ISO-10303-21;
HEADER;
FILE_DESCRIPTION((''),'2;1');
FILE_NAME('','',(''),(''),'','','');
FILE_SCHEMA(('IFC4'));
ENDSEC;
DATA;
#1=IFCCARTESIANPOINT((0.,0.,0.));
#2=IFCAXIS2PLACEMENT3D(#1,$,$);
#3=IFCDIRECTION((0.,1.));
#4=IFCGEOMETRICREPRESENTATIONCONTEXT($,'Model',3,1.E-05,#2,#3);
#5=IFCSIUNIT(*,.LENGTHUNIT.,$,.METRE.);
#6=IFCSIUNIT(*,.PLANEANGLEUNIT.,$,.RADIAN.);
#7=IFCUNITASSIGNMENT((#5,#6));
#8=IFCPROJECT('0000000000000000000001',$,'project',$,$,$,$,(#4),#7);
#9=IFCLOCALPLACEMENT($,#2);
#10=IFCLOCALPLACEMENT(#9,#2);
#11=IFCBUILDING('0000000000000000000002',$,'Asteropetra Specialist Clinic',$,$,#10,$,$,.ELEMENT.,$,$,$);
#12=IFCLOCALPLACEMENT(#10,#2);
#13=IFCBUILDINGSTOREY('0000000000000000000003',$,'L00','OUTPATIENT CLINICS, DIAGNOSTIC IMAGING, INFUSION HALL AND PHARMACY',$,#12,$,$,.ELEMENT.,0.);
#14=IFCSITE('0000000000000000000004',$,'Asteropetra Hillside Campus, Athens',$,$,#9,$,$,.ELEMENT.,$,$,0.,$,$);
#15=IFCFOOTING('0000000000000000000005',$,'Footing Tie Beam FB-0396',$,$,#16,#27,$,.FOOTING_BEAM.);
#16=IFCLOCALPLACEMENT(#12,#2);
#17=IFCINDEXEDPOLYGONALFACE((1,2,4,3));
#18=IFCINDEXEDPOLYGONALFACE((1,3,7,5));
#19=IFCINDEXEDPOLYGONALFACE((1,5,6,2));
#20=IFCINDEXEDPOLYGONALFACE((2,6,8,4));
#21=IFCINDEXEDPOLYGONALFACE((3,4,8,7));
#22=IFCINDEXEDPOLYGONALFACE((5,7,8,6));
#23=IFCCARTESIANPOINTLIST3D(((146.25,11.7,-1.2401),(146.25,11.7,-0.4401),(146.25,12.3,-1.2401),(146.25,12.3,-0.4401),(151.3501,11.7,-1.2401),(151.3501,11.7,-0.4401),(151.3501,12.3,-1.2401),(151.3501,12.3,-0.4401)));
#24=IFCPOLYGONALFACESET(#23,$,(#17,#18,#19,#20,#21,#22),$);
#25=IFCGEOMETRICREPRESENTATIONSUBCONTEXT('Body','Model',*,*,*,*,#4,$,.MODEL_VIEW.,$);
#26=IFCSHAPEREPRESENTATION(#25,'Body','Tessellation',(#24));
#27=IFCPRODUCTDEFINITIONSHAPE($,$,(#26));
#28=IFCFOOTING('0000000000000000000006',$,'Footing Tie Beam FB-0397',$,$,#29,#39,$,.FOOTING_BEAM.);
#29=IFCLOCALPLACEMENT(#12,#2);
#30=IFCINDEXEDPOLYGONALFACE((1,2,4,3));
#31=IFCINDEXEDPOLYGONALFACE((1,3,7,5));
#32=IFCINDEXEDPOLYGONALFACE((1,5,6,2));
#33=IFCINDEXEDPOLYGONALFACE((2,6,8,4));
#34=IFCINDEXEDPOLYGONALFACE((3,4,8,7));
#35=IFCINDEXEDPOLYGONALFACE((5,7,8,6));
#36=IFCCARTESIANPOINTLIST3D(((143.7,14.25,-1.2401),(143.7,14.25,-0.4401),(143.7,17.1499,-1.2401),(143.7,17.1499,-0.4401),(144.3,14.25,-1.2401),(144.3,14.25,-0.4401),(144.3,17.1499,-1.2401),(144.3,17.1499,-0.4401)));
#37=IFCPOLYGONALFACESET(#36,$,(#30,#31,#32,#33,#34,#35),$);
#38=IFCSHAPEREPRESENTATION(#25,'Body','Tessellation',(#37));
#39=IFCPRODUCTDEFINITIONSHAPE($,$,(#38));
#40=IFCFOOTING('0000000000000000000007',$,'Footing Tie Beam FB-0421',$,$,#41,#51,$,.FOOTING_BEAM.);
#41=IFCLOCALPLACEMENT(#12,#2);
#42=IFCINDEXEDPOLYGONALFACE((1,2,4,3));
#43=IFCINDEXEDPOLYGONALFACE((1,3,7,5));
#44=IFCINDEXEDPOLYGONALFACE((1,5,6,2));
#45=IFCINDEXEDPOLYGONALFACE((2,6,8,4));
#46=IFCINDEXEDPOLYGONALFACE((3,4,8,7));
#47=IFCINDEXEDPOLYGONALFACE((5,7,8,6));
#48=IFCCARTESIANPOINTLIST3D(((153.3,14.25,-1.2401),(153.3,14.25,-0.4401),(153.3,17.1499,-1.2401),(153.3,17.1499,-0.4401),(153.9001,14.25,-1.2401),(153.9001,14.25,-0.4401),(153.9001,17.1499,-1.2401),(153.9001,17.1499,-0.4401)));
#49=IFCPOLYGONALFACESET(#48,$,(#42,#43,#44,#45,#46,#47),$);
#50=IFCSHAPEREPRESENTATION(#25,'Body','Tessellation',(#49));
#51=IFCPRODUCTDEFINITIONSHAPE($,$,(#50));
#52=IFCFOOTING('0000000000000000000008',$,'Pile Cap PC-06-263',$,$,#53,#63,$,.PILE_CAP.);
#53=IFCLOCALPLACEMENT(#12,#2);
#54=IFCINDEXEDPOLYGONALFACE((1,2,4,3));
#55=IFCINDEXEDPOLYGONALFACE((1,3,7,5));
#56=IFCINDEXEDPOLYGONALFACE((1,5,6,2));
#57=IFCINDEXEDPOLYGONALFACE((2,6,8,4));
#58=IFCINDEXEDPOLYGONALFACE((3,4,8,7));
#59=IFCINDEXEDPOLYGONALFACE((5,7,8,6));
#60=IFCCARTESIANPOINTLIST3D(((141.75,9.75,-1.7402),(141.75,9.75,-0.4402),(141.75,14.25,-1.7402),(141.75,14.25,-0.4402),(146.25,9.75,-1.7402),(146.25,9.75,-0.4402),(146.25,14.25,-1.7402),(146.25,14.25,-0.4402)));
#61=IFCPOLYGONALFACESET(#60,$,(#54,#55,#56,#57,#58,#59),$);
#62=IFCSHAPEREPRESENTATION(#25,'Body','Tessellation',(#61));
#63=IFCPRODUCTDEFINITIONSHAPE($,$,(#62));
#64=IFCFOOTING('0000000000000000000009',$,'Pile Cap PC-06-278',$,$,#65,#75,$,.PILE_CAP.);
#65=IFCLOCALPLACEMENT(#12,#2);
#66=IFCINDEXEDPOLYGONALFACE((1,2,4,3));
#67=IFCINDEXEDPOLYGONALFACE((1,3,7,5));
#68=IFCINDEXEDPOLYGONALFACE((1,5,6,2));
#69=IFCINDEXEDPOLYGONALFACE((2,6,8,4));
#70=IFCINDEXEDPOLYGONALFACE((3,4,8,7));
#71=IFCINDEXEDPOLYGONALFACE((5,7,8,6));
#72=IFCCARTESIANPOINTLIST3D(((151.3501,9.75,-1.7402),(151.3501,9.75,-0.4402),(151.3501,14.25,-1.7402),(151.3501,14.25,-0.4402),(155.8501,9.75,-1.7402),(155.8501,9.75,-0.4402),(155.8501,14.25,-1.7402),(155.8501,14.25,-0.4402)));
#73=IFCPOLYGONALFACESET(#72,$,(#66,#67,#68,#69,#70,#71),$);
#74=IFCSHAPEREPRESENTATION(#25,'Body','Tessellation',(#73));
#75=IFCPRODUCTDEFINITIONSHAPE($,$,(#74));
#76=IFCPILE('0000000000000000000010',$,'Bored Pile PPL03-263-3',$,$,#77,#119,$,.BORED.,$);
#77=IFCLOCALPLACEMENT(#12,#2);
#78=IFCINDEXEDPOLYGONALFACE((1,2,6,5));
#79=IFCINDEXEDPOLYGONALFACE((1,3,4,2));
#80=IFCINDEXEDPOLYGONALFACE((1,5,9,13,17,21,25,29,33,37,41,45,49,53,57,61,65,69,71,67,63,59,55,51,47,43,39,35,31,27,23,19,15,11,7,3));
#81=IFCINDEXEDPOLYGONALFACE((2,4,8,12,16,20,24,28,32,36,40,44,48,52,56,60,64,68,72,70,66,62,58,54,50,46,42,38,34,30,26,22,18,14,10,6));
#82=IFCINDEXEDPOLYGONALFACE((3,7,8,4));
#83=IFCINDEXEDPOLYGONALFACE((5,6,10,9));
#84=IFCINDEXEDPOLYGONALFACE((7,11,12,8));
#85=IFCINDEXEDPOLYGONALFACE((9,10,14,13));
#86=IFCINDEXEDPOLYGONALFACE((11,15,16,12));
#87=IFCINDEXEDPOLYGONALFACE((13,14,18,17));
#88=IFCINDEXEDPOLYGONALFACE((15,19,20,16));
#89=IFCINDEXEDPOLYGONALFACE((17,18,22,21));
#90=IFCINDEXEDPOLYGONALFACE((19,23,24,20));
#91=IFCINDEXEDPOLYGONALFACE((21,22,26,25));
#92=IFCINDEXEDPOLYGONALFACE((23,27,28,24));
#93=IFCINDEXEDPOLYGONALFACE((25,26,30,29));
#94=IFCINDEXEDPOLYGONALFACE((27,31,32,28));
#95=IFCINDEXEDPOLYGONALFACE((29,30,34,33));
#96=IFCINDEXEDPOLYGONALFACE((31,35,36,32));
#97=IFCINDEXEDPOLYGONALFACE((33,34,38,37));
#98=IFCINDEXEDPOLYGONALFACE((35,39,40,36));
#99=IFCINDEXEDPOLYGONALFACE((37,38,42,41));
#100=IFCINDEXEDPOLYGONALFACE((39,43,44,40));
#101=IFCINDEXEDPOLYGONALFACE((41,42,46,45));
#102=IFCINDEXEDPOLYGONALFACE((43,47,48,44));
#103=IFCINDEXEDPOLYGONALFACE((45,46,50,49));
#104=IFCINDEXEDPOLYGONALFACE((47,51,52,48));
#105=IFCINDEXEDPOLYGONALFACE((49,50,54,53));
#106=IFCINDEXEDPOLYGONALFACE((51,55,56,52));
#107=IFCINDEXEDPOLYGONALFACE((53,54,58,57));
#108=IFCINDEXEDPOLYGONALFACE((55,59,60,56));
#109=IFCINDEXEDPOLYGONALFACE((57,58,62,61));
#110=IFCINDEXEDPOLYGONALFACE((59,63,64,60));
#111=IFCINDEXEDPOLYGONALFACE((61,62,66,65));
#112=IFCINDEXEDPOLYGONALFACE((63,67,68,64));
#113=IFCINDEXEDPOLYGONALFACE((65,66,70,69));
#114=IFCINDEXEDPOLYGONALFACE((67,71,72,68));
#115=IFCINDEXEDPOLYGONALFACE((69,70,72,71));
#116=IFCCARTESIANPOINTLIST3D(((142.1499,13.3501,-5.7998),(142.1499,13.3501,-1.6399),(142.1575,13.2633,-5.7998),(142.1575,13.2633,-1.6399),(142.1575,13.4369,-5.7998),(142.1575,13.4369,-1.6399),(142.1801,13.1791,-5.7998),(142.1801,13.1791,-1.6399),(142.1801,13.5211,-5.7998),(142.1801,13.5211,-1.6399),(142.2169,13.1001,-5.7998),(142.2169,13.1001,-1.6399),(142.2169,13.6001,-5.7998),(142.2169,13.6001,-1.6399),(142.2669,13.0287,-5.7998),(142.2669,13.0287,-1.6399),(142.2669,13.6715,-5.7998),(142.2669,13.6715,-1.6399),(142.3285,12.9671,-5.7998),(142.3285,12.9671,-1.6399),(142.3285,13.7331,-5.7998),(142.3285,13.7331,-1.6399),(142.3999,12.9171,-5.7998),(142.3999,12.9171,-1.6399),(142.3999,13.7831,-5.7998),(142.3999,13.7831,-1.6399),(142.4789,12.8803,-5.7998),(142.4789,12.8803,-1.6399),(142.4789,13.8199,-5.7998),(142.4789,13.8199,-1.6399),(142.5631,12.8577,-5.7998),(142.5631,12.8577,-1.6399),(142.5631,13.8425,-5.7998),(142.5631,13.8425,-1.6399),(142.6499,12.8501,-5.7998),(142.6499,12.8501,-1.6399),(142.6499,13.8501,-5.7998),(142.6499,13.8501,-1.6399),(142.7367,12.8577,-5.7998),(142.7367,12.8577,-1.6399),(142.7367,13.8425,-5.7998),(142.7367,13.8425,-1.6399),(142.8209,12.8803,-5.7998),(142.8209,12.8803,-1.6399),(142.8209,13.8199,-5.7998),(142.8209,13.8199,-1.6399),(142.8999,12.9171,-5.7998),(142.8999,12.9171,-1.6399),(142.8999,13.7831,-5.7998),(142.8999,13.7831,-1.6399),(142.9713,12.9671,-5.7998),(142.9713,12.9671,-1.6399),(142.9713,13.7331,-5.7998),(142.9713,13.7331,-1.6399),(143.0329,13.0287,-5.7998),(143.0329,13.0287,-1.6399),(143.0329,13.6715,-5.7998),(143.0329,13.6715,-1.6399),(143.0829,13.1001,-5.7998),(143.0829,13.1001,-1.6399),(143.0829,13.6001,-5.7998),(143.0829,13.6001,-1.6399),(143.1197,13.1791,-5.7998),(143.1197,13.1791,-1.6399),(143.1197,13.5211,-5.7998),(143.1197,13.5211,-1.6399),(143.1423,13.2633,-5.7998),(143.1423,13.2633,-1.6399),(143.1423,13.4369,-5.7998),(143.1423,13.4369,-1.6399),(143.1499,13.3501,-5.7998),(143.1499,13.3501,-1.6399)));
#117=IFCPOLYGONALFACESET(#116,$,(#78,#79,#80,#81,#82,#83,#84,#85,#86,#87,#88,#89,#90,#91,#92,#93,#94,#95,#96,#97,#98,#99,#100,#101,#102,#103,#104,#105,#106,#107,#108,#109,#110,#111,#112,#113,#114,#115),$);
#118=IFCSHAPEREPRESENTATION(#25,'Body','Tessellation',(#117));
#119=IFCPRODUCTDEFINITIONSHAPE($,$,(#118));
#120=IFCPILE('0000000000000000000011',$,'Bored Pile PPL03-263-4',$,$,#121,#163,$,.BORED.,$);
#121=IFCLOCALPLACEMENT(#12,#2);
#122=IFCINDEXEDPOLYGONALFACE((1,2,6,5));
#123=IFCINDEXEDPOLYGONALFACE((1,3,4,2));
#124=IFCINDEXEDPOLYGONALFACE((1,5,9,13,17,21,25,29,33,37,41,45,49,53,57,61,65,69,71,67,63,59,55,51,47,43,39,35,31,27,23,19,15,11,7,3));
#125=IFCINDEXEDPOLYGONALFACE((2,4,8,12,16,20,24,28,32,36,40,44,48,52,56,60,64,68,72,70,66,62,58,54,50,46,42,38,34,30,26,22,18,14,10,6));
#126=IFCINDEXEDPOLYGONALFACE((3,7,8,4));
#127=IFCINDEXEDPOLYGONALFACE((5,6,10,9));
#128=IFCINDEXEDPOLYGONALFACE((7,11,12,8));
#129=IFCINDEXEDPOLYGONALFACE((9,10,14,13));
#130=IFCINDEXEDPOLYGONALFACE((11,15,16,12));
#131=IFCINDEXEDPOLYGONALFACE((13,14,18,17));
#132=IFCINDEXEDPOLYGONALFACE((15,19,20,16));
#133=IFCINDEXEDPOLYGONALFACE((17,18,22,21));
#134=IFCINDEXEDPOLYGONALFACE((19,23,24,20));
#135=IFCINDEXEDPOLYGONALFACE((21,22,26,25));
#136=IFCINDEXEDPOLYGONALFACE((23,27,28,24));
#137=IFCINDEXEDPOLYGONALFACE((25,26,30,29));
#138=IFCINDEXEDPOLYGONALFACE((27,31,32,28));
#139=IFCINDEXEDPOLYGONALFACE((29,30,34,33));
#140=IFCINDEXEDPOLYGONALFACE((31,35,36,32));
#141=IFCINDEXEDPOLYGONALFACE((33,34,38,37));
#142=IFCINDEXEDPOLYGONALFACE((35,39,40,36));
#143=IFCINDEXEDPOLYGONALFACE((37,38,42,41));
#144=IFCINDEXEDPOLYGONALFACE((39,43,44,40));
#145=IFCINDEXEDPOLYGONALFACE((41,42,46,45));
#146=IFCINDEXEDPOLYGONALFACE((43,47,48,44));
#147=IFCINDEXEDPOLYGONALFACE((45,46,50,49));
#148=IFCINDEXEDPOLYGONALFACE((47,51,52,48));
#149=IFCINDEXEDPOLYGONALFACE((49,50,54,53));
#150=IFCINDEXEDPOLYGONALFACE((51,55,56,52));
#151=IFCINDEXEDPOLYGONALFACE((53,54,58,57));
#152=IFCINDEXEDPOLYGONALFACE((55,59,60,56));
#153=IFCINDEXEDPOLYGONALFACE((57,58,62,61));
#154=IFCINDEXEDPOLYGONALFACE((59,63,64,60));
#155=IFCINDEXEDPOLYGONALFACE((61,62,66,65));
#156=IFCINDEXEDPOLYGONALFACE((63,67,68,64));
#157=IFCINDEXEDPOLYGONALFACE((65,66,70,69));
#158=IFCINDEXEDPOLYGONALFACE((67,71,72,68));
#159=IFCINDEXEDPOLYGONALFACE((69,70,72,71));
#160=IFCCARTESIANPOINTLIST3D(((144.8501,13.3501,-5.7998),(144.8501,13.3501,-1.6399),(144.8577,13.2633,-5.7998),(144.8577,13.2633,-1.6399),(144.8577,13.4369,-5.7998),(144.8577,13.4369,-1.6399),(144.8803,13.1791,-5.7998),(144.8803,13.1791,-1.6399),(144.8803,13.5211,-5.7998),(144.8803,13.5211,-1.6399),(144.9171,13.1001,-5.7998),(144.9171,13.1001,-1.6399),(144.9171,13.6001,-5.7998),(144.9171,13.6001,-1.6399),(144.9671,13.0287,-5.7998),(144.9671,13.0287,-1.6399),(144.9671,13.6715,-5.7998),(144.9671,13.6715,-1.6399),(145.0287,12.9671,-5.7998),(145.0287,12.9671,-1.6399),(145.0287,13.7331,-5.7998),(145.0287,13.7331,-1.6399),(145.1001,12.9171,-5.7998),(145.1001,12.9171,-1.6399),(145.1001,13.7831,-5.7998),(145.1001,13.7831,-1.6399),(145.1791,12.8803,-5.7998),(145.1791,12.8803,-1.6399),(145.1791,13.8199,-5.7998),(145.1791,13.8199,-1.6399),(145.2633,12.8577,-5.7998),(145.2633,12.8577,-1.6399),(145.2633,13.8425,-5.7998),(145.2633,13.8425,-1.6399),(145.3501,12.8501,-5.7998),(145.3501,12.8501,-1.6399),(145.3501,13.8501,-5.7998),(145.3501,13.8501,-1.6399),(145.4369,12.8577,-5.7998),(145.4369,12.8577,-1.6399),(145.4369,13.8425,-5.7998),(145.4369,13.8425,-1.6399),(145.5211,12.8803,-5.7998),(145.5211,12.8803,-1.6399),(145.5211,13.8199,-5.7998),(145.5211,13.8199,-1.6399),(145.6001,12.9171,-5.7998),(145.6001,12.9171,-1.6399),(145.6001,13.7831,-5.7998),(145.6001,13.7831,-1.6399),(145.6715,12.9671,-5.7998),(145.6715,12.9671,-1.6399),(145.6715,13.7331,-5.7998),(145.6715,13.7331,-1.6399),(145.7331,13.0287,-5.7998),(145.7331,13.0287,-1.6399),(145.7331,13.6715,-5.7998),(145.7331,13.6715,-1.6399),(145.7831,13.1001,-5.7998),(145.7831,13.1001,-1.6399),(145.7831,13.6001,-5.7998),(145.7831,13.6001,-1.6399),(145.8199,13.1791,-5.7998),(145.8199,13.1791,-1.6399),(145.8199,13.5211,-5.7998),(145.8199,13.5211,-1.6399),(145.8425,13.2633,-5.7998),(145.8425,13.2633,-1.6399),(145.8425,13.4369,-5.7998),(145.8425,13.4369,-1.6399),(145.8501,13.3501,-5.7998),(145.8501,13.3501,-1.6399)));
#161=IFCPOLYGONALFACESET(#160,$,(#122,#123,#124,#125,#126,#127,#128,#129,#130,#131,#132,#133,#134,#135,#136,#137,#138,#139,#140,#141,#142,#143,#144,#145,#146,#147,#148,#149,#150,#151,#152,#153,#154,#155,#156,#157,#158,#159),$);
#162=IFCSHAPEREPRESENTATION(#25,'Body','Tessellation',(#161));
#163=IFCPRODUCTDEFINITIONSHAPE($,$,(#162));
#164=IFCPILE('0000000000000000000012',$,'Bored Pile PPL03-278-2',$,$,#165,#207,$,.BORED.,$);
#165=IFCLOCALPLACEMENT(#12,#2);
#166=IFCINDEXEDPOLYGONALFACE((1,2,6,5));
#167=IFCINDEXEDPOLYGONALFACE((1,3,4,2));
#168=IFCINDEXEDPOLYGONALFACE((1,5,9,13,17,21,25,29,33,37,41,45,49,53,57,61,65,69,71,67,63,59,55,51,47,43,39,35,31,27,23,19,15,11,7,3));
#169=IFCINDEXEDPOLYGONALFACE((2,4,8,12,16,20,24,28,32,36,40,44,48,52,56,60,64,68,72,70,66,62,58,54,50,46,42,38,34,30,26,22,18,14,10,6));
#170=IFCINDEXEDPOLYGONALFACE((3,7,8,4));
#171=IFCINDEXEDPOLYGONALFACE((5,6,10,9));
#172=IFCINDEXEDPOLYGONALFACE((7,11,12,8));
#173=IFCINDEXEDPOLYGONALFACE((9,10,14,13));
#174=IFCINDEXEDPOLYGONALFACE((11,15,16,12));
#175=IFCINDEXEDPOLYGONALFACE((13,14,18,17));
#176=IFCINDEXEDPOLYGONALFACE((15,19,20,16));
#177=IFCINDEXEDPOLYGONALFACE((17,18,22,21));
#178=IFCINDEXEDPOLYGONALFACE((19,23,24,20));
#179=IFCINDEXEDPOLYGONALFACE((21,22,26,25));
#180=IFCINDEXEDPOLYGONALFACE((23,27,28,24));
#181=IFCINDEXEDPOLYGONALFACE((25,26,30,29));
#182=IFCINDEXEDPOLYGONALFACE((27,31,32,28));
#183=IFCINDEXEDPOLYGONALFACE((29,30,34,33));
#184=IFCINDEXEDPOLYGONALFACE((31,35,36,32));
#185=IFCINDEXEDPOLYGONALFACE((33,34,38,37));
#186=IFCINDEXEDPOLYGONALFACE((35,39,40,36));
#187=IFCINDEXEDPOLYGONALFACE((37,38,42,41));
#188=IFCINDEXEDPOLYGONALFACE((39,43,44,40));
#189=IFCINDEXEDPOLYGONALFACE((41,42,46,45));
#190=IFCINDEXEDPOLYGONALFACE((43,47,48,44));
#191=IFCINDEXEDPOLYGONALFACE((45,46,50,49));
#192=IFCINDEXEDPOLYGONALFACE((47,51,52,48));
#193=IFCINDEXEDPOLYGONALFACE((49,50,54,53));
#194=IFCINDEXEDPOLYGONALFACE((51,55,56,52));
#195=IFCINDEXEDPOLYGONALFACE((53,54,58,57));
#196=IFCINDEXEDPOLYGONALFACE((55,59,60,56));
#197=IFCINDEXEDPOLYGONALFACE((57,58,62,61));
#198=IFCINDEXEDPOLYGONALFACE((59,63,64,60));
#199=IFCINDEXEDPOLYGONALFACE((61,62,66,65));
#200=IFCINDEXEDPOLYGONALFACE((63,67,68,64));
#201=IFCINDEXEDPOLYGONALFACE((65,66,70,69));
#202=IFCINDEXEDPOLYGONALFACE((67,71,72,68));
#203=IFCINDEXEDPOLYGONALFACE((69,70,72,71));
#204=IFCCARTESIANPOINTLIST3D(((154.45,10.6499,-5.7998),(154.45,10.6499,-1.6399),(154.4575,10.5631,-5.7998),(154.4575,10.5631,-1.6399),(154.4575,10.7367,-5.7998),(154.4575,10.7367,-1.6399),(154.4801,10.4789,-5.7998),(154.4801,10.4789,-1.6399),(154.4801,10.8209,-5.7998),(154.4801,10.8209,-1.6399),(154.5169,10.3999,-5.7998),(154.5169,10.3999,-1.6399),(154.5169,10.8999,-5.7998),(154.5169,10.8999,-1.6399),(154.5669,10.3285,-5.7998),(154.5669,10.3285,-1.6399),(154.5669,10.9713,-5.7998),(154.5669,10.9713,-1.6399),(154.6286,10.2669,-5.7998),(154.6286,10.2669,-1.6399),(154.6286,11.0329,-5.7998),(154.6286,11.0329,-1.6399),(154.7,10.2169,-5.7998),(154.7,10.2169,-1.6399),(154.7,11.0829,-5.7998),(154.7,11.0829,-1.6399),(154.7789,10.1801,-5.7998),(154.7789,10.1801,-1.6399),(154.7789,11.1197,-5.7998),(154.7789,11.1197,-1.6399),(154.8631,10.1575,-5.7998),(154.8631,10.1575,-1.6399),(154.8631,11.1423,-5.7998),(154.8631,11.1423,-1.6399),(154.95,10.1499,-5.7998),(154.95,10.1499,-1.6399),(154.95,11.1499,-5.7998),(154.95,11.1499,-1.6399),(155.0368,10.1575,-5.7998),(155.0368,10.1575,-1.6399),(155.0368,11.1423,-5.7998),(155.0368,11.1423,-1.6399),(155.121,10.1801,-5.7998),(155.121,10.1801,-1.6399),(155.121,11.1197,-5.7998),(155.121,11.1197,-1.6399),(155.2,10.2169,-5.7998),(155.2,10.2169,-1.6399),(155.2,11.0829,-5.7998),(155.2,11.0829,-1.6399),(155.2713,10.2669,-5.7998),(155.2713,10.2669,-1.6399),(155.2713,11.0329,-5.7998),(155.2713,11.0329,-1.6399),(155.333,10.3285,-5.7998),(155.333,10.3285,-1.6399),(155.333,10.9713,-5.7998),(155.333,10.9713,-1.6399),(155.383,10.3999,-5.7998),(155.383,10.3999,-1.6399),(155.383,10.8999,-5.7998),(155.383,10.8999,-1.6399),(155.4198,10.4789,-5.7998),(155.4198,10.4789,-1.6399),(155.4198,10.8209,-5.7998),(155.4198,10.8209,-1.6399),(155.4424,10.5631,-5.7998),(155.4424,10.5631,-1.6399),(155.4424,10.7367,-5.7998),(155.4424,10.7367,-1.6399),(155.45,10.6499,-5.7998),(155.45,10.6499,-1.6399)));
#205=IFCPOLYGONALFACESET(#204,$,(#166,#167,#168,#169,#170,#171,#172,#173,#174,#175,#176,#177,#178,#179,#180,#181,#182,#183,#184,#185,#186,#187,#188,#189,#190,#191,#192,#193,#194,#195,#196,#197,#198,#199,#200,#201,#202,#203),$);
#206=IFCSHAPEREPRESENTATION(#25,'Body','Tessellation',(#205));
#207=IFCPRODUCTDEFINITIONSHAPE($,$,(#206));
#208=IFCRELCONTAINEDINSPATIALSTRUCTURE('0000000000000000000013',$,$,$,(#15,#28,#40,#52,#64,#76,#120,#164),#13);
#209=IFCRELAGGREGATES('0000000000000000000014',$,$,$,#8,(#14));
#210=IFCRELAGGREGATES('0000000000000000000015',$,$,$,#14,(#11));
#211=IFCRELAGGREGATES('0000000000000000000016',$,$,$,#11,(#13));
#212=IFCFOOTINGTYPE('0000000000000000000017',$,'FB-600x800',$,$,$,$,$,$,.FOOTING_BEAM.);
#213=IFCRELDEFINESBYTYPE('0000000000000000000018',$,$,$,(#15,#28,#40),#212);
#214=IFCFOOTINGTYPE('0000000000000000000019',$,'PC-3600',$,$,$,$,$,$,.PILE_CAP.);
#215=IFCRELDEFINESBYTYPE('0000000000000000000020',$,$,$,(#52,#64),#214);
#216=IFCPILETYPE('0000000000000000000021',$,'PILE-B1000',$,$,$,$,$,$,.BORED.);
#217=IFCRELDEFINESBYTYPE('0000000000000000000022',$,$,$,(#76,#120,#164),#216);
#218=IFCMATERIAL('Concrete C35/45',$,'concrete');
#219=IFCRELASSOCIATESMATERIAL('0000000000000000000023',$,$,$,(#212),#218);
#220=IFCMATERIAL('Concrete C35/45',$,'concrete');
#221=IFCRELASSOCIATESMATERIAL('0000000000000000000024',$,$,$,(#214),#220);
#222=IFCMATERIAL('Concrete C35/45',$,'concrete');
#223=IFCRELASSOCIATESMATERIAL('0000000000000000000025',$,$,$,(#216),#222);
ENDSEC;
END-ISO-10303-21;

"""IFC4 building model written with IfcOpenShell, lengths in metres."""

from ifc_helpers import new_model, si_unit, direction, frame, origin, origin_2d, place, context, subcontext, project, spatial, rectangle, circle, extrude, material, material_profile, profile_set, type_object, element, save


model = new_model("IFC4")

# Units and contexts
model_context = context("Model", 3, precision=1e-05, world=origin(), true_north=direction((0.0, 1.0)))
body_context = subcontext(model_context, "Body", "Model", "MODEL_VIEW")
ifc_project = project(units=[si_unit("LENGTHUNIT", "METRE"), si_unit("PLANEANGLEUNIT", "RADIAN")], contexts=[model_context])

# Site, building, storey
site_placement = place(None, origin())
site = spatial("IfcSite", under=ifc_project, at=site_placement, Name="Asteropetra Hillside Campus, Athens", CompositionType="ELEMENT", RefElevation=0.0)
building_placement = place(site_placement, origin())
building = spatial("IfcBuilding", under=site, at=building_placement, Name="Asteropetra Specialist Clinic", CompositionType="ELEMENT")
storey_placement = place(building_placement, origin())
storey = spatial("IfcBuildingStorey", under=building, at=storey_placement, Name="L00", Description="OUTPATIENT CLINICS, DIAGNOSTIC IMAGING, INFUSION HALL AND PHARMACY", CompositionType="ELEMENT", Elevation=0.0)

# Footings
ifc_material_1 = material(Name="Concrete C35/45", Category="concrete")
ifc_material_profile_1 = material_profile(ifc_material_1, rectangle(XDim=0.6001, YDim=0.8, at=origin_2d()), Name="FB 600x800")
ifc_profile_set_1 = profile_set([ifc_material_profile_1], Name="Concrete C35/45")
footing_type_1 = type_object("IfcFootingType", Name="FB-600x800", PredefinedType="FOOTING_BEAM", material=ifc_profile_set_1)
footing_placement = place(storey_placement, frame((146.25, 12.0, -0.8401), z_axis=(1.0, 0.0, 0.0), x_axis=(0.0, 1.0, 0.0)))
element("IfcFooting", 1, at=footing_placement, inside=storey, type_object=footing_type_1, Name="Footing Tie Beam FB-0396", PredefinedType="FOOTING_BEAM", context=body_context, shape_type="SweptSolid", body=[
    extrude(rectangle(XDim=0.6001, YDim=0.8, at=origin_2d()), origin(), (0.0, 0.0, 1.0), 5.1001),
])
for number, where, z_axis, x_axis, name in (
    (2, (144.0, 14.25, -0.8401), (0.0, 1.0, 0.0), (-1.0, 0.0, 0.0), "Footing Tie Beam FB-0397"),
    (3, (153.6001, 14.25, -0.8401), (0.0, 1.0, 0.0), (-1.0, 0.0, 0.0), "Footing Tie Beam FB-0421"),
):
    element("IfcFooting", number, at=place(storey_placement, frame(where, z_axis=z_axis, x_axis=x_axis)), inside=storey, type_object=footing_type_1, Name=name, PredefinedType="FOOTING_BEAM", context=body_context, shape_type="SweptSolid", body=[
        extrude(rectangle(XDim=0.6001, YDim=0.8, at=origin_2d()), origin(), (0.0, 0.0, 1.0), 2.8999),
    ])
ifc_material_2 = material(Name="Concrete C35/45", Category="concrete")
footing_type_2 = type_object("IfcFootingType", Name="PC-3600", PredefinedType="PILE_CAP", material=ifc_material_2)
for number, where, z_axis, x_axis, name in (
    (4, (144.0, 12.0, -1.7402), (0.0, 0.0, 1.0), (1.0, 0.0, 0.0), "Pile Cap PC-06-263"),
    (5, (153.6001, 12.0, -1.7402), (0.0, 0.0, 1.0), (1.0, 0.0, 0.0), "Pile Cap PC-06-278"),
):
    element("IfcFooting", number, at=place(storey_placement, frame(where, z_axis=z_axis, x_axis=x_axis)), inside=storey, type_object=footing_type_2, Name=name, PredefinedType="PILE_CAP", context=body_context, shape_type="SweptSolid", body=[
        extrude(rectangle(XDim=4.5, YDim=4.5, at=origin_2d()), origin(), (0.0, 0.0, 1.0), 1.3),
    ])

# Piles
ifc_material_3 = material(Name="Concrete C35/45", Category="concrete")
ifc_material_profile_2 = material_profile(ifc_material_3, circle(Radius=0.5, at=origin_2d()), Name="PILE D1000")
ifc_profile_set_2 = profile_set([ifc_material_profile_2], Name="Concrete C35/45")
pile_type = type_object("IfcPileType", Name="PILE-B1000", PredefinedType="BORED", material=ifc_profile_set_2)
for number, where, z_axis, x_axis, name in (
    (6, (142.6499, 13.3501, -1.6399), (0.0, 0.0, -1.0), (1.0, 0.0, 0.0), "Bored Pile PPL03-263-3"),
    (7, (145.3501, 13.3501, -1.6399), (0.0, 0.0, -1.0), (1.0, 0.0, 0.0), "Bored Pile PPL03-263-4"),
    (8, (154.95, 10.6499, -1.6399), (0.0, 0.0, -1.0), (1.0, 0.0, 0.0), "Bored Pile PPL03-278-2"),
):
    element("IfcPile", number, at=place(storey_placement, frame(where, z_axis=z_axis, x_axis=x_axis)), inside=storey, type_object=pile_type, Name=name, PredefinedType="BORED", context=body_context, shape_type="SweptSolid", body=[
        extrude(circle(Radius=0.5, at=origin_2d()), origin(), (0.0, 0.0, 1.0), 4.1599),
    ])

save(model, "model.ifc")
